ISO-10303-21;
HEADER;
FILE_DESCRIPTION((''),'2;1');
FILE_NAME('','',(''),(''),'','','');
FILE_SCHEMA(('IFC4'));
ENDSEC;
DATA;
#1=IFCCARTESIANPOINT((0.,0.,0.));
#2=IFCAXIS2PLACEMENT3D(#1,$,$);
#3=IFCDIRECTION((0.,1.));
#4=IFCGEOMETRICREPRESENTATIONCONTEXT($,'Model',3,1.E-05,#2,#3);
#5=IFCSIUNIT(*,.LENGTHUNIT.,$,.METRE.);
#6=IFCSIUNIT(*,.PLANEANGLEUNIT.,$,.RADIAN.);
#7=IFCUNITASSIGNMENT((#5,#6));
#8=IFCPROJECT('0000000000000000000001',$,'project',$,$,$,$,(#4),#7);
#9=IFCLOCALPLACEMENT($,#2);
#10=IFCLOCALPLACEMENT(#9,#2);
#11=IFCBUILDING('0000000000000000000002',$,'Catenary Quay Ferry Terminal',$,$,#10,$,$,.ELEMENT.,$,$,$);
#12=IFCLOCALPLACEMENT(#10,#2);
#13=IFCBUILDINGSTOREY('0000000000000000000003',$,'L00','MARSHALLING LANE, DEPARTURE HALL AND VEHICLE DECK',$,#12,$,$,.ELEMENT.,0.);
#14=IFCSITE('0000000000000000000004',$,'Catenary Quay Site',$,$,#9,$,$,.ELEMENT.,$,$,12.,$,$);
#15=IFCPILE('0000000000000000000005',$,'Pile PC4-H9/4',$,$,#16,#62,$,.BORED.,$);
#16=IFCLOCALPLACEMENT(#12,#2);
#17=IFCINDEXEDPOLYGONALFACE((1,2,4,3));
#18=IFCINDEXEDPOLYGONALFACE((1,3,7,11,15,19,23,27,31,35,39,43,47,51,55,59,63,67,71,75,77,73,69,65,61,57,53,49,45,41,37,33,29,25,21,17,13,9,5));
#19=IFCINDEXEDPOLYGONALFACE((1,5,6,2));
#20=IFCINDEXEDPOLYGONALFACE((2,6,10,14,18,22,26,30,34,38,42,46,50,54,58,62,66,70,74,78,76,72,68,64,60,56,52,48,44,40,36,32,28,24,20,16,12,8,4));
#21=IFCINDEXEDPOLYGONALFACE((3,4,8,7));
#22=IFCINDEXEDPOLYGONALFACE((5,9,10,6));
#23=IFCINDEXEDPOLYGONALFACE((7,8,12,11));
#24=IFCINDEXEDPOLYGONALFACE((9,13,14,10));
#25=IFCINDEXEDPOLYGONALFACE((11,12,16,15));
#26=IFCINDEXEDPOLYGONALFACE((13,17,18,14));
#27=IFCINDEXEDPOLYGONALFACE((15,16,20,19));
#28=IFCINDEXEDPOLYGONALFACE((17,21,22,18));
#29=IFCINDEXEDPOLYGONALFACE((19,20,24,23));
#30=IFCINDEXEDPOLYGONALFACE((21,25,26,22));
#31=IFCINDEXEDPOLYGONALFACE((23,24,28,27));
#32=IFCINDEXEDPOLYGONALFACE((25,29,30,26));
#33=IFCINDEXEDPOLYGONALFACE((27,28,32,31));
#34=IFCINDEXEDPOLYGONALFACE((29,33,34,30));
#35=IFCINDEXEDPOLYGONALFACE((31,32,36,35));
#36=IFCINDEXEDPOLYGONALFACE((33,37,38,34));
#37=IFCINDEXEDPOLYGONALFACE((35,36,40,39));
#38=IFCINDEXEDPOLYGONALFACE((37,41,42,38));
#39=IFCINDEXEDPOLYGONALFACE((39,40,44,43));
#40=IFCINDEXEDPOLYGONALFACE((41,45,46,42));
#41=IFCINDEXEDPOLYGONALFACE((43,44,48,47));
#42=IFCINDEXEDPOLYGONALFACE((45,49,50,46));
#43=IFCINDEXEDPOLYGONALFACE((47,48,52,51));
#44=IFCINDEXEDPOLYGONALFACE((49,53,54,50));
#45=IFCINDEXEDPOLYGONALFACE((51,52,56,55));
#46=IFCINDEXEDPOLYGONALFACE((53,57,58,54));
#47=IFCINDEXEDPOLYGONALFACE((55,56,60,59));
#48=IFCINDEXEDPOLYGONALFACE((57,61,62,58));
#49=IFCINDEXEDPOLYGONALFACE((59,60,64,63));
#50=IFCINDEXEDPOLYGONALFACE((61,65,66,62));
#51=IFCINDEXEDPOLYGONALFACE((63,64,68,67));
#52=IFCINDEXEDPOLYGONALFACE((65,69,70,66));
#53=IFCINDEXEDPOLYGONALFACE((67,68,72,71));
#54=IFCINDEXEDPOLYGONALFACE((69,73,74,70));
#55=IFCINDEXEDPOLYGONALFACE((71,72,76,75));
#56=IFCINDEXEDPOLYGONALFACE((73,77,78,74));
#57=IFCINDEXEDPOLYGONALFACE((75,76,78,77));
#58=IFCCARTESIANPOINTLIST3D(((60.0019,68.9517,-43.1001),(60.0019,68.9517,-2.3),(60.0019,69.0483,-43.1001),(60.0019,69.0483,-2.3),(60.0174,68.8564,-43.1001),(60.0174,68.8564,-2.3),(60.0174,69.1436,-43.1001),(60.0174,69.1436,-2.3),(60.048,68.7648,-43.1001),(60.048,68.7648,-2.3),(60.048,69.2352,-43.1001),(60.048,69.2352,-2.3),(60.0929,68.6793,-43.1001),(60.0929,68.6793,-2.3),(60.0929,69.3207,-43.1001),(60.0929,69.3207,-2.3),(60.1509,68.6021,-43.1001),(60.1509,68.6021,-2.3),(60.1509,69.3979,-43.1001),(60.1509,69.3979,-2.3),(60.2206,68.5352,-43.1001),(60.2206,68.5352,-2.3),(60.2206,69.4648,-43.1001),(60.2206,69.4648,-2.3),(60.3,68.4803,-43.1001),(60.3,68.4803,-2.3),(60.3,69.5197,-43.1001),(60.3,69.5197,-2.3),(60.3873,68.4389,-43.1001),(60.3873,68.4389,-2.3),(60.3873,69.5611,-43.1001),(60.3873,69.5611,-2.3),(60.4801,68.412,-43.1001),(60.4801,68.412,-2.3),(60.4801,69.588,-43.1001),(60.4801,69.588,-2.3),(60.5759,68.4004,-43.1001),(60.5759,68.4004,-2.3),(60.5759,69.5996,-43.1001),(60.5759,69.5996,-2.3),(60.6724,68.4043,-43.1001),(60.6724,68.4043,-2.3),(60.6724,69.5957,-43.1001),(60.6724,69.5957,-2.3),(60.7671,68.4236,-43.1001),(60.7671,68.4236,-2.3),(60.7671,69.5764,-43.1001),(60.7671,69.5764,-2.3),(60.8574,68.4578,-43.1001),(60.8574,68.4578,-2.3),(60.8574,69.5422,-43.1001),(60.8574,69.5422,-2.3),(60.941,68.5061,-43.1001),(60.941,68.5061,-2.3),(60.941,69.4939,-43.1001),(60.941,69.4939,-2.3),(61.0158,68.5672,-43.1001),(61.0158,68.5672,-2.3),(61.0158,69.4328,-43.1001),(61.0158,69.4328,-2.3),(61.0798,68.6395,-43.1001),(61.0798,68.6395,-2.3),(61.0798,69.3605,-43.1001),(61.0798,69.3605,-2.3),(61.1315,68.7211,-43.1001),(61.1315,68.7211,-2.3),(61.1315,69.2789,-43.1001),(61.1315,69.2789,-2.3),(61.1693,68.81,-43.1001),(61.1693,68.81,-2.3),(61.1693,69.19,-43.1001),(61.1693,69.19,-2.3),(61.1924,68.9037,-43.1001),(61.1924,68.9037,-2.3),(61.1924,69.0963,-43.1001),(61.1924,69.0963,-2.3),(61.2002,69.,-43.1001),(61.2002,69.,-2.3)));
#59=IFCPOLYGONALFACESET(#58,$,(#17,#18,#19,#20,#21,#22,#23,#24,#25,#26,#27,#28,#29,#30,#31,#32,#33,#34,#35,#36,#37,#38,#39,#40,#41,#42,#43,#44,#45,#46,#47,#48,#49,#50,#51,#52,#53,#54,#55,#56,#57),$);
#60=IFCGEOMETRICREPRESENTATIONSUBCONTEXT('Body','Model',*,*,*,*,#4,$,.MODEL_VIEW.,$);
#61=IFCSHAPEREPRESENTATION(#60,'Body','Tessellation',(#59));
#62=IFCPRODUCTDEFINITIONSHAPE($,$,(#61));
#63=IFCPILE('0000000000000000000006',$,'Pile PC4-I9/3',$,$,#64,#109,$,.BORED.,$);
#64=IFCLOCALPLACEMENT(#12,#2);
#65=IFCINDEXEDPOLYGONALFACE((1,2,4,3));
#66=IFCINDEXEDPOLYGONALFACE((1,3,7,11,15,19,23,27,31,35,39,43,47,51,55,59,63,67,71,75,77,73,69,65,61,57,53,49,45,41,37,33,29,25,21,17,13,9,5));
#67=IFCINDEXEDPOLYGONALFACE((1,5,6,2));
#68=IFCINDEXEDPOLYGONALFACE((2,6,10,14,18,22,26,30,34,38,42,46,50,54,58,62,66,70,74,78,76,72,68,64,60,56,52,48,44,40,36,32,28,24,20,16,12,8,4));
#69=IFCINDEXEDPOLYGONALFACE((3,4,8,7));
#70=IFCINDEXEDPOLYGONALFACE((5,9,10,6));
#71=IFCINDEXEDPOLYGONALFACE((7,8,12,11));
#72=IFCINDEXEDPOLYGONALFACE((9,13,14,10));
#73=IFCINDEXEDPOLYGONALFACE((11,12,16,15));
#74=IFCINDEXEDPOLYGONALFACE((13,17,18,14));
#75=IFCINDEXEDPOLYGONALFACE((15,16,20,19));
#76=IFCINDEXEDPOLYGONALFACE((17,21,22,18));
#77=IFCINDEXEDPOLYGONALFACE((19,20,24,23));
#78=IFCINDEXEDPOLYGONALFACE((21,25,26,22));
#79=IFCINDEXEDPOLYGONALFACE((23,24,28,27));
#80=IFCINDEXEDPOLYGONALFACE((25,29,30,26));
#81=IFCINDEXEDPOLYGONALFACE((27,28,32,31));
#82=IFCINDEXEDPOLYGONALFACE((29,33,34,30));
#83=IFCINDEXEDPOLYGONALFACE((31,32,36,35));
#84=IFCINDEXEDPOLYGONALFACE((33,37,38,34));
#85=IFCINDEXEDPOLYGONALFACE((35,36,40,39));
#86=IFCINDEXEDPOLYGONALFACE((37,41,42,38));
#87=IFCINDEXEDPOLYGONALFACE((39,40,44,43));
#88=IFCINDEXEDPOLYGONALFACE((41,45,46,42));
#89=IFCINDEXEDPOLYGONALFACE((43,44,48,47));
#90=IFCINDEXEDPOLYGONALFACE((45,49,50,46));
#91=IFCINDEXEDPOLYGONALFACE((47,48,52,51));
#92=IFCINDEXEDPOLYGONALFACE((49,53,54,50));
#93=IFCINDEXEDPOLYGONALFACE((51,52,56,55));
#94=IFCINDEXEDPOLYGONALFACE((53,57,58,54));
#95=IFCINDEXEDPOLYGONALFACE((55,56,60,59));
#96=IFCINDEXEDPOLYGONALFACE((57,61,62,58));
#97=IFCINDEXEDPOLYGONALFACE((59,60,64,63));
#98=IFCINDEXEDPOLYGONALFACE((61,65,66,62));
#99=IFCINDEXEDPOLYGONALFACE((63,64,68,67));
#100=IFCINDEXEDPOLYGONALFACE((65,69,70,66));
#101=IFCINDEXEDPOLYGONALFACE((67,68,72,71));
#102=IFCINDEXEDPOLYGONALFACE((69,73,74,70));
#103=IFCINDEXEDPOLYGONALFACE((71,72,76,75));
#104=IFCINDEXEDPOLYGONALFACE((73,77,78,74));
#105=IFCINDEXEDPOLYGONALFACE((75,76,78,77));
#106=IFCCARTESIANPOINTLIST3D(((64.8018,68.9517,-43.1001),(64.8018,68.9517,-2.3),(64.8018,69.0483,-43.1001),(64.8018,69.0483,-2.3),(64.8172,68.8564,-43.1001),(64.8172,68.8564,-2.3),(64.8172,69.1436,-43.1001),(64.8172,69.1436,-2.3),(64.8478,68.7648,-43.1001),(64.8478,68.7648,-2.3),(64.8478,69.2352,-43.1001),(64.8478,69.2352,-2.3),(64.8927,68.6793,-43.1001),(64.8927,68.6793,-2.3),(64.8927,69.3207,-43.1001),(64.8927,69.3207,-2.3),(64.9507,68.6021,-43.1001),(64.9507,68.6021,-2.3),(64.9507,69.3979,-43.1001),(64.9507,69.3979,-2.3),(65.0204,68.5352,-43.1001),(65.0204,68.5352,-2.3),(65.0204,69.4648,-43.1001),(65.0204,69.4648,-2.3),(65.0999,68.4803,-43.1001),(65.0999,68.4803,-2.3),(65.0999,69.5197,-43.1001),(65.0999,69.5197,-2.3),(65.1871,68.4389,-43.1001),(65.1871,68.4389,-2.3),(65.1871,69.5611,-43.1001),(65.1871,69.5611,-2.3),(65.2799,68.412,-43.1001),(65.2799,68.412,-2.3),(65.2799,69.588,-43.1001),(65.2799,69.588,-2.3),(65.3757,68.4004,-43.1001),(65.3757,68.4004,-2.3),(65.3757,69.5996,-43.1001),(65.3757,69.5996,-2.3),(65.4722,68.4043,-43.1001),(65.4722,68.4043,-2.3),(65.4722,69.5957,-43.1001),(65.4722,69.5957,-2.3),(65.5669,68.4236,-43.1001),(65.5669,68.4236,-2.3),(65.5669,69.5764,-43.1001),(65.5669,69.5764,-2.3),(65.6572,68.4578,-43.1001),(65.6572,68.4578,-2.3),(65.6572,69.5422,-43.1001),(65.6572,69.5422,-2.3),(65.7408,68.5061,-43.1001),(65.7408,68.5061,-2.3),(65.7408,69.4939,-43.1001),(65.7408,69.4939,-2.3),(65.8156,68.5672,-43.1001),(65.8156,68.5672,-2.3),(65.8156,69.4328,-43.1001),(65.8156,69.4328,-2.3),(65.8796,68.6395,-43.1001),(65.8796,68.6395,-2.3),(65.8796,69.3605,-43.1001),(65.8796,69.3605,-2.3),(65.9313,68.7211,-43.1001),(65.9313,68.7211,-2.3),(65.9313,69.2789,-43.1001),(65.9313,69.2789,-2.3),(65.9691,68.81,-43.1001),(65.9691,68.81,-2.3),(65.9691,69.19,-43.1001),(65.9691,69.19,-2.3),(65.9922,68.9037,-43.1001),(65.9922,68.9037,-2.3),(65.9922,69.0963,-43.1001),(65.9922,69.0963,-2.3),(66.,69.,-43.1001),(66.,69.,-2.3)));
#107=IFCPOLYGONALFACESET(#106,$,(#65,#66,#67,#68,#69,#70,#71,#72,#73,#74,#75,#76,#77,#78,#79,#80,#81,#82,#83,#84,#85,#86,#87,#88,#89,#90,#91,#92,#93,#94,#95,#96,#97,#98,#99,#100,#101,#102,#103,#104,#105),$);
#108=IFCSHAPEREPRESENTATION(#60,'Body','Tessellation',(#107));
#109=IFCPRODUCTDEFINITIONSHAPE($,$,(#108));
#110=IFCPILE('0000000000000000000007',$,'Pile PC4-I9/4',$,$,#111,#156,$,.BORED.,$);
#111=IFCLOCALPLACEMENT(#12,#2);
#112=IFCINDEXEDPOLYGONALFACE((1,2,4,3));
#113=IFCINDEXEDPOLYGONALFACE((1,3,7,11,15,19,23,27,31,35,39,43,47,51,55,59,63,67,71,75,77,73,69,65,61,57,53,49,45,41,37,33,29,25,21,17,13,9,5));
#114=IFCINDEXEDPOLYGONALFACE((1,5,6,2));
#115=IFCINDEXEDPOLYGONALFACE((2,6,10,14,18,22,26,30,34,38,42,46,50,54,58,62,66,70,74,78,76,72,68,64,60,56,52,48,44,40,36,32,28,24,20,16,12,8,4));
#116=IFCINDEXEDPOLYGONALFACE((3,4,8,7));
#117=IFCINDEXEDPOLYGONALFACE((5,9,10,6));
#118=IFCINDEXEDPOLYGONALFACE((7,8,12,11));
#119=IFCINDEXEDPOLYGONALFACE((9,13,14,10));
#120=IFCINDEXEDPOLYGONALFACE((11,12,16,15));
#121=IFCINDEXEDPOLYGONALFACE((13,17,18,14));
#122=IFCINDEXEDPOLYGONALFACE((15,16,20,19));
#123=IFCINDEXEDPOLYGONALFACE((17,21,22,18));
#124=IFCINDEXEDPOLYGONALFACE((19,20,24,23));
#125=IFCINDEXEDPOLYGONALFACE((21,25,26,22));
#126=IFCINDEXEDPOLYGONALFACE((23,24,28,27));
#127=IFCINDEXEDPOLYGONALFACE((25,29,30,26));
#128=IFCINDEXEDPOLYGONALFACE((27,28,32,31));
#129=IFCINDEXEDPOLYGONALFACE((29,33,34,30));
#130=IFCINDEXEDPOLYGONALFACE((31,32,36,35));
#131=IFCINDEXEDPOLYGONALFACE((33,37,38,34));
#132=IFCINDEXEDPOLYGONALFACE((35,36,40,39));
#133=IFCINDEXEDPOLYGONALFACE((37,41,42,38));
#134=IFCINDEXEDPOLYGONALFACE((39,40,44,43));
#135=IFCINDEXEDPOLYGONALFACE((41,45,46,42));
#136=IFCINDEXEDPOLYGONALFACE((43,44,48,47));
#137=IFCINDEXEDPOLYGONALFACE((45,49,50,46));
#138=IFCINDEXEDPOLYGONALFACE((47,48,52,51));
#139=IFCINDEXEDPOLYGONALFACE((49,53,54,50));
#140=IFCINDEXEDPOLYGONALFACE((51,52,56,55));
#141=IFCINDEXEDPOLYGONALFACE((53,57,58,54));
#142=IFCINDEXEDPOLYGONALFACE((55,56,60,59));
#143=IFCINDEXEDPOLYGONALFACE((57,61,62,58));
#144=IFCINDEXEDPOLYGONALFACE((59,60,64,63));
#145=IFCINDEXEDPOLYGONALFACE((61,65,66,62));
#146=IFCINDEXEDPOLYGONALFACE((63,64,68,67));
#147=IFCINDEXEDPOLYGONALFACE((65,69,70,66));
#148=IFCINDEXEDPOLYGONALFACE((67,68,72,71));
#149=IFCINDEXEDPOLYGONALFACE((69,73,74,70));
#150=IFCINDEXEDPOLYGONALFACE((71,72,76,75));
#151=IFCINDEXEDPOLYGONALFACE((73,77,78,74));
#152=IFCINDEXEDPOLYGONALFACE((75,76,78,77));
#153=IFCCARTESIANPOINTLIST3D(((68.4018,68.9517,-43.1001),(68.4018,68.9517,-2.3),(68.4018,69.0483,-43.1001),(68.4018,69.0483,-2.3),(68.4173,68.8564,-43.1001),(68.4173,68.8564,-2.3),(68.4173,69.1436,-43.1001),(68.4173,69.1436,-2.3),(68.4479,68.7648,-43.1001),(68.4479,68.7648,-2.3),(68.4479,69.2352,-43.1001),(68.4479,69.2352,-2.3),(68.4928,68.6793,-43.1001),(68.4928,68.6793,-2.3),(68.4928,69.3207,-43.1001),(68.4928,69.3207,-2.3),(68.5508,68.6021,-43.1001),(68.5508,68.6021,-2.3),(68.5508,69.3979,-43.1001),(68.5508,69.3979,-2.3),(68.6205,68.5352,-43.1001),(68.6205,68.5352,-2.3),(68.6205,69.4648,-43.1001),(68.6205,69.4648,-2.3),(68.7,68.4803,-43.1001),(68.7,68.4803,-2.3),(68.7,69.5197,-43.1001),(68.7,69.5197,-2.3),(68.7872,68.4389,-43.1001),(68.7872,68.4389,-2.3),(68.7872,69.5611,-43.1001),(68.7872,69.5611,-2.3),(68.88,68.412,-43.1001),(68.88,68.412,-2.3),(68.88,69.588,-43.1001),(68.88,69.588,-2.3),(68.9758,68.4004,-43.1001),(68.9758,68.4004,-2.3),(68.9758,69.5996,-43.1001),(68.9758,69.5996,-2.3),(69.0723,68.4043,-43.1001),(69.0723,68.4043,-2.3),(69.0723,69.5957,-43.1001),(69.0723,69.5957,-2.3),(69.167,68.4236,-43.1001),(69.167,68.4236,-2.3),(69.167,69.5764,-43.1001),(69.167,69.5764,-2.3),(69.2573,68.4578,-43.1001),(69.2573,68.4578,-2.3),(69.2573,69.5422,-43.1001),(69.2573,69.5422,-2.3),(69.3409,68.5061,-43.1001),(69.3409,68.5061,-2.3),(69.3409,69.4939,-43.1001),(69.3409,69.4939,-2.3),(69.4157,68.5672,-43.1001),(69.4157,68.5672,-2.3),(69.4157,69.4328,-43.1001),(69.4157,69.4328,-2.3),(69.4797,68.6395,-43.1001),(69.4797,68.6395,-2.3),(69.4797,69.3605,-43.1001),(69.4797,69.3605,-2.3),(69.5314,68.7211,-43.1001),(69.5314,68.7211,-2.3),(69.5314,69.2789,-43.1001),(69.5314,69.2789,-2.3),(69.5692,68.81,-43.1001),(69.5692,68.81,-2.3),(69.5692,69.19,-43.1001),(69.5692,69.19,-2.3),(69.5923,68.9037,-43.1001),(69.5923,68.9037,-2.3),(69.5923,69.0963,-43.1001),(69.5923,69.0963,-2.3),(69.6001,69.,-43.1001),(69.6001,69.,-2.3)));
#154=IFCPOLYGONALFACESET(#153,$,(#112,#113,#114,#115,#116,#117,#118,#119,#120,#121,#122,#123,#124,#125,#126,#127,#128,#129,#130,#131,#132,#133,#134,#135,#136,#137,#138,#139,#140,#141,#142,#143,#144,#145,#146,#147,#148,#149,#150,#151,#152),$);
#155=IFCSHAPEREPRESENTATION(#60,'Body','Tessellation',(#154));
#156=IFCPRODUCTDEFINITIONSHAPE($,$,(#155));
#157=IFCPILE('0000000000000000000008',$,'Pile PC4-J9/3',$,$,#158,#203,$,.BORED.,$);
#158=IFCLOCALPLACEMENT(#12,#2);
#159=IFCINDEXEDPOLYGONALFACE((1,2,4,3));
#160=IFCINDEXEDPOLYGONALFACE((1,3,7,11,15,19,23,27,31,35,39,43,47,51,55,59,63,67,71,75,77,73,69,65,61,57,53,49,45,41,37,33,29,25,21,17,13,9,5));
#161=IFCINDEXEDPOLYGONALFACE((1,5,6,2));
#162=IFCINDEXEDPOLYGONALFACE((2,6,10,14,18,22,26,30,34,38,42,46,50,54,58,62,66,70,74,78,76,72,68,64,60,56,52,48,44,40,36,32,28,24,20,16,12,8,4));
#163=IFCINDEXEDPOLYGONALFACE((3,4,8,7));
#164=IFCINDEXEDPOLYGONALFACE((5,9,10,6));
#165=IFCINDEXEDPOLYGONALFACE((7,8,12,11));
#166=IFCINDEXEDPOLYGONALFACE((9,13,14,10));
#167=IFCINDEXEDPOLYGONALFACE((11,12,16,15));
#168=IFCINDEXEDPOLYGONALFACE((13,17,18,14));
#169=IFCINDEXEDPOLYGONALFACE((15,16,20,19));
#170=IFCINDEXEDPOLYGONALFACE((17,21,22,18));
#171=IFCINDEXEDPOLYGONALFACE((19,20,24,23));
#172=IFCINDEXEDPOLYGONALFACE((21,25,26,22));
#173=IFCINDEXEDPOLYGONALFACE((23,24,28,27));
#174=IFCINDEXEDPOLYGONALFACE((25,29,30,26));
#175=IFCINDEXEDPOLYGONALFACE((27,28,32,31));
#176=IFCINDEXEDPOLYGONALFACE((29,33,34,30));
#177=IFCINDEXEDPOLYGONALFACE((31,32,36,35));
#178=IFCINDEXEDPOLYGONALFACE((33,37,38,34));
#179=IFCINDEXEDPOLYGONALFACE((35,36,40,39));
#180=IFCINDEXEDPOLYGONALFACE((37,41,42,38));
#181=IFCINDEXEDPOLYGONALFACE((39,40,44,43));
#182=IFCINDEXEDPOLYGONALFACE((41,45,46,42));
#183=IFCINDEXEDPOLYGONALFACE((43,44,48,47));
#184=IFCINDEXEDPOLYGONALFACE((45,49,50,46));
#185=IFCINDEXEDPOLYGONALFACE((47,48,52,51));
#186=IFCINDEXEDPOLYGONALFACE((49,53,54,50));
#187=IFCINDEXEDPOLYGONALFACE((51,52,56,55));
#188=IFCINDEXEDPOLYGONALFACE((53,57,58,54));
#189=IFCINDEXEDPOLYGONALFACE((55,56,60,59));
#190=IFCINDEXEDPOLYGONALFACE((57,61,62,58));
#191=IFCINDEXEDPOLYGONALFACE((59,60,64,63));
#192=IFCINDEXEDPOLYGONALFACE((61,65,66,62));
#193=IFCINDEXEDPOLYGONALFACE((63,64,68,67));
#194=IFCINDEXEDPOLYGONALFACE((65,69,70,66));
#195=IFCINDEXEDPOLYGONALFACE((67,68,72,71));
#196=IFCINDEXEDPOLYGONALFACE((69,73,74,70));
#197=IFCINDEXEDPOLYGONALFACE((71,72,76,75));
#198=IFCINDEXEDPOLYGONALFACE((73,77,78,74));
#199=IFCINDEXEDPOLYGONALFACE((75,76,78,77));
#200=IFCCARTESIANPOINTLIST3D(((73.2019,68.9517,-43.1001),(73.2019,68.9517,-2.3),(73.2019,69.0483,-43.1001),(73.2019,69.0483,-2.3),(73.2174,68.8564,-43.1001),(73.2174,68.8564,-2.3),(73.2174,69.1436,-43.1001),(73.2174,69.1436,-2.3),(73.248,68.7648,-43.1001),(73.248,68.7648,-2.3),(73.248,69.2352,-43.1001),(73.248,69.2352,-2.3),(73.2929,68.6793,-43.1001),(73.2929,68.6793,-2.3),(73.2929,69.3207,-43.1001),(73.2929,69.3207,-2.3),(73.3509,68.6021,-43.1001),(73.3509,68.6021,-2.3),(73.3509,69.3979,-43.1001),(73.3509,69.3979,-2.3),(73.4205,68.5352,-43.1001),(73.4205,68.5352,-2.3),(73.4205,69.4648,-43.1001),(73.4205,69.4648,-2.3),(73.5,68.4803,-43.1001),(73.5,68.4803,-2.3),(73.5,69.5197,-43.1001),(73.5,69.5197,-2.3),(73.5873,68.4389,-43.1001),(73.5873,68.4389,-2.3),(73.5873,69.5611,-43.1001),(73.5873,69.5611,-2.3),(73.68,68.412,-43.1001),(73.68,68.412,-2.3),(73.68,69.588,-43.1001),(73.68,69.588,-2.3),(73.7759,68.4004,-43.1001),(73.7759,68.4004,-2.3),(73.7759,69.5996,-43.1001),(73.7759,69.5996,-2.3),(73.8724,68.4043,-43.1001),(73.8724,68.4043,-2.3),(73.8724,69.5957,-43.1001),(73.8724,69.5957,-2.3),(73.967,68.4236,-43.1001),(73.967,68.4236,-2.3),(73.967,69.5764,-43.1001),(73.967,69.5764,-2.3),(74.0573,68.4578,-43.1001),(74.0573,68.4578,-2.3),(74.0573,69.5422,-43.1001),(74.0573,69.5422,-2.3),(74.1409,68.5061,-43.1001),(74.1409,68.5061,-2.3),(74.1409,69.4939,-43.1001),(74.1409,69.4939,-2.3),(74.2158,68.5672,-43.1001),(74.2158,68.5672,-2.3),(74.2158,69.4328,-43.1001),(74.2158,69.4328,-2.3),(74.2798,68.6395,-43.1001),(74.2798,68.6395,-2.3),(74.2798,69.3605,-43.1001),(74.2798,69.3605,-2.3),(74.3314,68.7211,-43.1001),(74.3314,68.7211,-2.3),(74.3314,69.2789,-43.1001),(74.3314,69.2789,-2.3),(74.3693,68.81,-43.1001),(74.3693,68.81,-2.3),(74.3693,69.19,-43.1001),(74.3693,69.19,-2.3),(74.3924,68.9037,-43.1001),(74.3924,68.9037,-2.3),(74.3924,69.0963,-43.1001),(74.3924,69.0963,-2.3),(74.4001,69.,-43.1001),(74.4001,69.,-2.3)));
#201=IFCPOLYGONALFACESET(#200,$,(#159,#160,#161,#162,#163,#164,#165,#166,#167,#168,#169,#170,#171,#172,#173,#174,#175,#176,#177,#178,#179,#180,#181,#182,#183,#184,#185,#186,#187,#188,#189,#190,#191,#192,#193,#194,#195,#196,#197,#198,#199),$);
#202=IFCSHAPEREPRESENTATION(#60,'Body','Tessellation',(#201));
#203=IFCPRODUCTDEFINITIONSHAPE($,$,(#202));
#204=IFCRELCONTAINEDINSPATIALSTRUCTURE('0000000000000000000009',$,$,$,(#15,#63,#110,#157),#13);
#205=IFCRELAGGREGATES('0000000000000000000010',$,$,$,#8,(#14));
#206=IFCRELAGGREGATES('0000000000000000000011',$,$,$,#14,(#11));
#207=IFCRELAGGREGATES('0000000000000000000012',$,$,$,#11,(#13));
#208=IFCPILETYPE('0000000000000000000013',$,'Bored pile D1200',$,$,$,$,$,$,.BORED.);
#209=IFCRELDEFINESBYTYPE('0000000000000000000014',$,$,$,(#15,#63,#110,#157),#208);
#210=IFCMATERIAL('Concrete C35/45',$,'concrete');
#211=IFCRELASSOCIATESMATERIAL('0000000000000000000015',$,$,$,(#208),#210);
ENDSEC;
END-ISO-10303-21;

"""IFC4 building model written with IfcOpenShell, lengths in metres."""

from ifc_helpers import new_model, si_unit, direction, frame, origin, origin_2d, place, context, subcontext, project, spatial, circle, extrude, material, material_profile, profile_set, type_object, element, save


model = new_model("IFC4")

# Units and contexts
model_context = context("Model", 3, precision=1e-05, world=origin(), true_north=direction((0.0, 1.0)))
body_context = subcontext(model_context, "Body", "Model", "MODEL_VIEW")
ifc_project = project(units=[si_unit("LENGTHUNIT", "METRE"), si_unit("PLANEANGLEUNIT", "RADIAN")], contexts=[model_context])

# Site, building, storey
site_placement = place(None, origin())
site = spatial("IfcSite", under=ifc_project, at=site_placement, Name="Catenary Quay Site", CompositionType="ELEMENT", RefElevation=12.0)
building_placement = place(site_placement, origin())
building = spatial("IfcBuilding", under=site, at=building_placement, Name="Catenary Quay Ferry Terminal", CompositionType="ELEMENT")
storey_placement = place(building_placement, origin())
storey = spatial("IfcBuildingStorey", under=building, at=storey_placement, Name="L00", Description="MARSHALLING LANE, DEPARTURE HALL AND VEHICLE DECK", CompositionType="ELEMENT", Elevation=0.0)

# Piles
ifc_material_1 = material(Name="Concrete C35/45", Category="concrete")
ifc_material_profile_1 = material_profile(ifc_material_1, circle(Radius=0.6001, at=origin_2d()), Name="D1200")
ifc_profile_set_1 = profile_set([ifc_material_profile_1], Name="Concrete C35/45")
pile_type = type_object("IfcPileType", Name="Bored pile D1200", PredefinedType="BORED", material=ifc_profile_set_1)
for number, where, z_axis, x_axis, name in (
    (1, (60.6001, 69.0, -2.3), (0.0, 0.0, -1.0), (1.0, 0.0, 0.0), "Pile PC4-H9/4"),
    (2, (65.3999, 69.0, -2.3), (0.0, 0.0, -1.0), (1.0, 0.0, 0.0), "Pile PC4-I9/3"),
    (3, (69.0, 69.0, -2.3), (0.0, 0.0, -1.0), (1.0, 0.0, 0.0), "Pile PC4-I9/4"),
    (4, (73.8, 69.0, -2.3), (0.0, 0.0, -1.0), (1.0, 0.0, 0.0), "Pile PC4-J9/3"),
):
    element("IfcPile", number, at=place(storey_placement, frame(where, z_axis=z_axis, x_axis=x_axis)), inside=storey, type_object=pile_type, Name=name, PredefinedType="BORED", context=body_context, shape_type="SweptSolid", body=[
        extrude(circle(Radius=0.6001, at=origin_2d()), origin(), (0.0, 0.0, 1.0), 40.8),
    ])

save(model, "model.ifc")
